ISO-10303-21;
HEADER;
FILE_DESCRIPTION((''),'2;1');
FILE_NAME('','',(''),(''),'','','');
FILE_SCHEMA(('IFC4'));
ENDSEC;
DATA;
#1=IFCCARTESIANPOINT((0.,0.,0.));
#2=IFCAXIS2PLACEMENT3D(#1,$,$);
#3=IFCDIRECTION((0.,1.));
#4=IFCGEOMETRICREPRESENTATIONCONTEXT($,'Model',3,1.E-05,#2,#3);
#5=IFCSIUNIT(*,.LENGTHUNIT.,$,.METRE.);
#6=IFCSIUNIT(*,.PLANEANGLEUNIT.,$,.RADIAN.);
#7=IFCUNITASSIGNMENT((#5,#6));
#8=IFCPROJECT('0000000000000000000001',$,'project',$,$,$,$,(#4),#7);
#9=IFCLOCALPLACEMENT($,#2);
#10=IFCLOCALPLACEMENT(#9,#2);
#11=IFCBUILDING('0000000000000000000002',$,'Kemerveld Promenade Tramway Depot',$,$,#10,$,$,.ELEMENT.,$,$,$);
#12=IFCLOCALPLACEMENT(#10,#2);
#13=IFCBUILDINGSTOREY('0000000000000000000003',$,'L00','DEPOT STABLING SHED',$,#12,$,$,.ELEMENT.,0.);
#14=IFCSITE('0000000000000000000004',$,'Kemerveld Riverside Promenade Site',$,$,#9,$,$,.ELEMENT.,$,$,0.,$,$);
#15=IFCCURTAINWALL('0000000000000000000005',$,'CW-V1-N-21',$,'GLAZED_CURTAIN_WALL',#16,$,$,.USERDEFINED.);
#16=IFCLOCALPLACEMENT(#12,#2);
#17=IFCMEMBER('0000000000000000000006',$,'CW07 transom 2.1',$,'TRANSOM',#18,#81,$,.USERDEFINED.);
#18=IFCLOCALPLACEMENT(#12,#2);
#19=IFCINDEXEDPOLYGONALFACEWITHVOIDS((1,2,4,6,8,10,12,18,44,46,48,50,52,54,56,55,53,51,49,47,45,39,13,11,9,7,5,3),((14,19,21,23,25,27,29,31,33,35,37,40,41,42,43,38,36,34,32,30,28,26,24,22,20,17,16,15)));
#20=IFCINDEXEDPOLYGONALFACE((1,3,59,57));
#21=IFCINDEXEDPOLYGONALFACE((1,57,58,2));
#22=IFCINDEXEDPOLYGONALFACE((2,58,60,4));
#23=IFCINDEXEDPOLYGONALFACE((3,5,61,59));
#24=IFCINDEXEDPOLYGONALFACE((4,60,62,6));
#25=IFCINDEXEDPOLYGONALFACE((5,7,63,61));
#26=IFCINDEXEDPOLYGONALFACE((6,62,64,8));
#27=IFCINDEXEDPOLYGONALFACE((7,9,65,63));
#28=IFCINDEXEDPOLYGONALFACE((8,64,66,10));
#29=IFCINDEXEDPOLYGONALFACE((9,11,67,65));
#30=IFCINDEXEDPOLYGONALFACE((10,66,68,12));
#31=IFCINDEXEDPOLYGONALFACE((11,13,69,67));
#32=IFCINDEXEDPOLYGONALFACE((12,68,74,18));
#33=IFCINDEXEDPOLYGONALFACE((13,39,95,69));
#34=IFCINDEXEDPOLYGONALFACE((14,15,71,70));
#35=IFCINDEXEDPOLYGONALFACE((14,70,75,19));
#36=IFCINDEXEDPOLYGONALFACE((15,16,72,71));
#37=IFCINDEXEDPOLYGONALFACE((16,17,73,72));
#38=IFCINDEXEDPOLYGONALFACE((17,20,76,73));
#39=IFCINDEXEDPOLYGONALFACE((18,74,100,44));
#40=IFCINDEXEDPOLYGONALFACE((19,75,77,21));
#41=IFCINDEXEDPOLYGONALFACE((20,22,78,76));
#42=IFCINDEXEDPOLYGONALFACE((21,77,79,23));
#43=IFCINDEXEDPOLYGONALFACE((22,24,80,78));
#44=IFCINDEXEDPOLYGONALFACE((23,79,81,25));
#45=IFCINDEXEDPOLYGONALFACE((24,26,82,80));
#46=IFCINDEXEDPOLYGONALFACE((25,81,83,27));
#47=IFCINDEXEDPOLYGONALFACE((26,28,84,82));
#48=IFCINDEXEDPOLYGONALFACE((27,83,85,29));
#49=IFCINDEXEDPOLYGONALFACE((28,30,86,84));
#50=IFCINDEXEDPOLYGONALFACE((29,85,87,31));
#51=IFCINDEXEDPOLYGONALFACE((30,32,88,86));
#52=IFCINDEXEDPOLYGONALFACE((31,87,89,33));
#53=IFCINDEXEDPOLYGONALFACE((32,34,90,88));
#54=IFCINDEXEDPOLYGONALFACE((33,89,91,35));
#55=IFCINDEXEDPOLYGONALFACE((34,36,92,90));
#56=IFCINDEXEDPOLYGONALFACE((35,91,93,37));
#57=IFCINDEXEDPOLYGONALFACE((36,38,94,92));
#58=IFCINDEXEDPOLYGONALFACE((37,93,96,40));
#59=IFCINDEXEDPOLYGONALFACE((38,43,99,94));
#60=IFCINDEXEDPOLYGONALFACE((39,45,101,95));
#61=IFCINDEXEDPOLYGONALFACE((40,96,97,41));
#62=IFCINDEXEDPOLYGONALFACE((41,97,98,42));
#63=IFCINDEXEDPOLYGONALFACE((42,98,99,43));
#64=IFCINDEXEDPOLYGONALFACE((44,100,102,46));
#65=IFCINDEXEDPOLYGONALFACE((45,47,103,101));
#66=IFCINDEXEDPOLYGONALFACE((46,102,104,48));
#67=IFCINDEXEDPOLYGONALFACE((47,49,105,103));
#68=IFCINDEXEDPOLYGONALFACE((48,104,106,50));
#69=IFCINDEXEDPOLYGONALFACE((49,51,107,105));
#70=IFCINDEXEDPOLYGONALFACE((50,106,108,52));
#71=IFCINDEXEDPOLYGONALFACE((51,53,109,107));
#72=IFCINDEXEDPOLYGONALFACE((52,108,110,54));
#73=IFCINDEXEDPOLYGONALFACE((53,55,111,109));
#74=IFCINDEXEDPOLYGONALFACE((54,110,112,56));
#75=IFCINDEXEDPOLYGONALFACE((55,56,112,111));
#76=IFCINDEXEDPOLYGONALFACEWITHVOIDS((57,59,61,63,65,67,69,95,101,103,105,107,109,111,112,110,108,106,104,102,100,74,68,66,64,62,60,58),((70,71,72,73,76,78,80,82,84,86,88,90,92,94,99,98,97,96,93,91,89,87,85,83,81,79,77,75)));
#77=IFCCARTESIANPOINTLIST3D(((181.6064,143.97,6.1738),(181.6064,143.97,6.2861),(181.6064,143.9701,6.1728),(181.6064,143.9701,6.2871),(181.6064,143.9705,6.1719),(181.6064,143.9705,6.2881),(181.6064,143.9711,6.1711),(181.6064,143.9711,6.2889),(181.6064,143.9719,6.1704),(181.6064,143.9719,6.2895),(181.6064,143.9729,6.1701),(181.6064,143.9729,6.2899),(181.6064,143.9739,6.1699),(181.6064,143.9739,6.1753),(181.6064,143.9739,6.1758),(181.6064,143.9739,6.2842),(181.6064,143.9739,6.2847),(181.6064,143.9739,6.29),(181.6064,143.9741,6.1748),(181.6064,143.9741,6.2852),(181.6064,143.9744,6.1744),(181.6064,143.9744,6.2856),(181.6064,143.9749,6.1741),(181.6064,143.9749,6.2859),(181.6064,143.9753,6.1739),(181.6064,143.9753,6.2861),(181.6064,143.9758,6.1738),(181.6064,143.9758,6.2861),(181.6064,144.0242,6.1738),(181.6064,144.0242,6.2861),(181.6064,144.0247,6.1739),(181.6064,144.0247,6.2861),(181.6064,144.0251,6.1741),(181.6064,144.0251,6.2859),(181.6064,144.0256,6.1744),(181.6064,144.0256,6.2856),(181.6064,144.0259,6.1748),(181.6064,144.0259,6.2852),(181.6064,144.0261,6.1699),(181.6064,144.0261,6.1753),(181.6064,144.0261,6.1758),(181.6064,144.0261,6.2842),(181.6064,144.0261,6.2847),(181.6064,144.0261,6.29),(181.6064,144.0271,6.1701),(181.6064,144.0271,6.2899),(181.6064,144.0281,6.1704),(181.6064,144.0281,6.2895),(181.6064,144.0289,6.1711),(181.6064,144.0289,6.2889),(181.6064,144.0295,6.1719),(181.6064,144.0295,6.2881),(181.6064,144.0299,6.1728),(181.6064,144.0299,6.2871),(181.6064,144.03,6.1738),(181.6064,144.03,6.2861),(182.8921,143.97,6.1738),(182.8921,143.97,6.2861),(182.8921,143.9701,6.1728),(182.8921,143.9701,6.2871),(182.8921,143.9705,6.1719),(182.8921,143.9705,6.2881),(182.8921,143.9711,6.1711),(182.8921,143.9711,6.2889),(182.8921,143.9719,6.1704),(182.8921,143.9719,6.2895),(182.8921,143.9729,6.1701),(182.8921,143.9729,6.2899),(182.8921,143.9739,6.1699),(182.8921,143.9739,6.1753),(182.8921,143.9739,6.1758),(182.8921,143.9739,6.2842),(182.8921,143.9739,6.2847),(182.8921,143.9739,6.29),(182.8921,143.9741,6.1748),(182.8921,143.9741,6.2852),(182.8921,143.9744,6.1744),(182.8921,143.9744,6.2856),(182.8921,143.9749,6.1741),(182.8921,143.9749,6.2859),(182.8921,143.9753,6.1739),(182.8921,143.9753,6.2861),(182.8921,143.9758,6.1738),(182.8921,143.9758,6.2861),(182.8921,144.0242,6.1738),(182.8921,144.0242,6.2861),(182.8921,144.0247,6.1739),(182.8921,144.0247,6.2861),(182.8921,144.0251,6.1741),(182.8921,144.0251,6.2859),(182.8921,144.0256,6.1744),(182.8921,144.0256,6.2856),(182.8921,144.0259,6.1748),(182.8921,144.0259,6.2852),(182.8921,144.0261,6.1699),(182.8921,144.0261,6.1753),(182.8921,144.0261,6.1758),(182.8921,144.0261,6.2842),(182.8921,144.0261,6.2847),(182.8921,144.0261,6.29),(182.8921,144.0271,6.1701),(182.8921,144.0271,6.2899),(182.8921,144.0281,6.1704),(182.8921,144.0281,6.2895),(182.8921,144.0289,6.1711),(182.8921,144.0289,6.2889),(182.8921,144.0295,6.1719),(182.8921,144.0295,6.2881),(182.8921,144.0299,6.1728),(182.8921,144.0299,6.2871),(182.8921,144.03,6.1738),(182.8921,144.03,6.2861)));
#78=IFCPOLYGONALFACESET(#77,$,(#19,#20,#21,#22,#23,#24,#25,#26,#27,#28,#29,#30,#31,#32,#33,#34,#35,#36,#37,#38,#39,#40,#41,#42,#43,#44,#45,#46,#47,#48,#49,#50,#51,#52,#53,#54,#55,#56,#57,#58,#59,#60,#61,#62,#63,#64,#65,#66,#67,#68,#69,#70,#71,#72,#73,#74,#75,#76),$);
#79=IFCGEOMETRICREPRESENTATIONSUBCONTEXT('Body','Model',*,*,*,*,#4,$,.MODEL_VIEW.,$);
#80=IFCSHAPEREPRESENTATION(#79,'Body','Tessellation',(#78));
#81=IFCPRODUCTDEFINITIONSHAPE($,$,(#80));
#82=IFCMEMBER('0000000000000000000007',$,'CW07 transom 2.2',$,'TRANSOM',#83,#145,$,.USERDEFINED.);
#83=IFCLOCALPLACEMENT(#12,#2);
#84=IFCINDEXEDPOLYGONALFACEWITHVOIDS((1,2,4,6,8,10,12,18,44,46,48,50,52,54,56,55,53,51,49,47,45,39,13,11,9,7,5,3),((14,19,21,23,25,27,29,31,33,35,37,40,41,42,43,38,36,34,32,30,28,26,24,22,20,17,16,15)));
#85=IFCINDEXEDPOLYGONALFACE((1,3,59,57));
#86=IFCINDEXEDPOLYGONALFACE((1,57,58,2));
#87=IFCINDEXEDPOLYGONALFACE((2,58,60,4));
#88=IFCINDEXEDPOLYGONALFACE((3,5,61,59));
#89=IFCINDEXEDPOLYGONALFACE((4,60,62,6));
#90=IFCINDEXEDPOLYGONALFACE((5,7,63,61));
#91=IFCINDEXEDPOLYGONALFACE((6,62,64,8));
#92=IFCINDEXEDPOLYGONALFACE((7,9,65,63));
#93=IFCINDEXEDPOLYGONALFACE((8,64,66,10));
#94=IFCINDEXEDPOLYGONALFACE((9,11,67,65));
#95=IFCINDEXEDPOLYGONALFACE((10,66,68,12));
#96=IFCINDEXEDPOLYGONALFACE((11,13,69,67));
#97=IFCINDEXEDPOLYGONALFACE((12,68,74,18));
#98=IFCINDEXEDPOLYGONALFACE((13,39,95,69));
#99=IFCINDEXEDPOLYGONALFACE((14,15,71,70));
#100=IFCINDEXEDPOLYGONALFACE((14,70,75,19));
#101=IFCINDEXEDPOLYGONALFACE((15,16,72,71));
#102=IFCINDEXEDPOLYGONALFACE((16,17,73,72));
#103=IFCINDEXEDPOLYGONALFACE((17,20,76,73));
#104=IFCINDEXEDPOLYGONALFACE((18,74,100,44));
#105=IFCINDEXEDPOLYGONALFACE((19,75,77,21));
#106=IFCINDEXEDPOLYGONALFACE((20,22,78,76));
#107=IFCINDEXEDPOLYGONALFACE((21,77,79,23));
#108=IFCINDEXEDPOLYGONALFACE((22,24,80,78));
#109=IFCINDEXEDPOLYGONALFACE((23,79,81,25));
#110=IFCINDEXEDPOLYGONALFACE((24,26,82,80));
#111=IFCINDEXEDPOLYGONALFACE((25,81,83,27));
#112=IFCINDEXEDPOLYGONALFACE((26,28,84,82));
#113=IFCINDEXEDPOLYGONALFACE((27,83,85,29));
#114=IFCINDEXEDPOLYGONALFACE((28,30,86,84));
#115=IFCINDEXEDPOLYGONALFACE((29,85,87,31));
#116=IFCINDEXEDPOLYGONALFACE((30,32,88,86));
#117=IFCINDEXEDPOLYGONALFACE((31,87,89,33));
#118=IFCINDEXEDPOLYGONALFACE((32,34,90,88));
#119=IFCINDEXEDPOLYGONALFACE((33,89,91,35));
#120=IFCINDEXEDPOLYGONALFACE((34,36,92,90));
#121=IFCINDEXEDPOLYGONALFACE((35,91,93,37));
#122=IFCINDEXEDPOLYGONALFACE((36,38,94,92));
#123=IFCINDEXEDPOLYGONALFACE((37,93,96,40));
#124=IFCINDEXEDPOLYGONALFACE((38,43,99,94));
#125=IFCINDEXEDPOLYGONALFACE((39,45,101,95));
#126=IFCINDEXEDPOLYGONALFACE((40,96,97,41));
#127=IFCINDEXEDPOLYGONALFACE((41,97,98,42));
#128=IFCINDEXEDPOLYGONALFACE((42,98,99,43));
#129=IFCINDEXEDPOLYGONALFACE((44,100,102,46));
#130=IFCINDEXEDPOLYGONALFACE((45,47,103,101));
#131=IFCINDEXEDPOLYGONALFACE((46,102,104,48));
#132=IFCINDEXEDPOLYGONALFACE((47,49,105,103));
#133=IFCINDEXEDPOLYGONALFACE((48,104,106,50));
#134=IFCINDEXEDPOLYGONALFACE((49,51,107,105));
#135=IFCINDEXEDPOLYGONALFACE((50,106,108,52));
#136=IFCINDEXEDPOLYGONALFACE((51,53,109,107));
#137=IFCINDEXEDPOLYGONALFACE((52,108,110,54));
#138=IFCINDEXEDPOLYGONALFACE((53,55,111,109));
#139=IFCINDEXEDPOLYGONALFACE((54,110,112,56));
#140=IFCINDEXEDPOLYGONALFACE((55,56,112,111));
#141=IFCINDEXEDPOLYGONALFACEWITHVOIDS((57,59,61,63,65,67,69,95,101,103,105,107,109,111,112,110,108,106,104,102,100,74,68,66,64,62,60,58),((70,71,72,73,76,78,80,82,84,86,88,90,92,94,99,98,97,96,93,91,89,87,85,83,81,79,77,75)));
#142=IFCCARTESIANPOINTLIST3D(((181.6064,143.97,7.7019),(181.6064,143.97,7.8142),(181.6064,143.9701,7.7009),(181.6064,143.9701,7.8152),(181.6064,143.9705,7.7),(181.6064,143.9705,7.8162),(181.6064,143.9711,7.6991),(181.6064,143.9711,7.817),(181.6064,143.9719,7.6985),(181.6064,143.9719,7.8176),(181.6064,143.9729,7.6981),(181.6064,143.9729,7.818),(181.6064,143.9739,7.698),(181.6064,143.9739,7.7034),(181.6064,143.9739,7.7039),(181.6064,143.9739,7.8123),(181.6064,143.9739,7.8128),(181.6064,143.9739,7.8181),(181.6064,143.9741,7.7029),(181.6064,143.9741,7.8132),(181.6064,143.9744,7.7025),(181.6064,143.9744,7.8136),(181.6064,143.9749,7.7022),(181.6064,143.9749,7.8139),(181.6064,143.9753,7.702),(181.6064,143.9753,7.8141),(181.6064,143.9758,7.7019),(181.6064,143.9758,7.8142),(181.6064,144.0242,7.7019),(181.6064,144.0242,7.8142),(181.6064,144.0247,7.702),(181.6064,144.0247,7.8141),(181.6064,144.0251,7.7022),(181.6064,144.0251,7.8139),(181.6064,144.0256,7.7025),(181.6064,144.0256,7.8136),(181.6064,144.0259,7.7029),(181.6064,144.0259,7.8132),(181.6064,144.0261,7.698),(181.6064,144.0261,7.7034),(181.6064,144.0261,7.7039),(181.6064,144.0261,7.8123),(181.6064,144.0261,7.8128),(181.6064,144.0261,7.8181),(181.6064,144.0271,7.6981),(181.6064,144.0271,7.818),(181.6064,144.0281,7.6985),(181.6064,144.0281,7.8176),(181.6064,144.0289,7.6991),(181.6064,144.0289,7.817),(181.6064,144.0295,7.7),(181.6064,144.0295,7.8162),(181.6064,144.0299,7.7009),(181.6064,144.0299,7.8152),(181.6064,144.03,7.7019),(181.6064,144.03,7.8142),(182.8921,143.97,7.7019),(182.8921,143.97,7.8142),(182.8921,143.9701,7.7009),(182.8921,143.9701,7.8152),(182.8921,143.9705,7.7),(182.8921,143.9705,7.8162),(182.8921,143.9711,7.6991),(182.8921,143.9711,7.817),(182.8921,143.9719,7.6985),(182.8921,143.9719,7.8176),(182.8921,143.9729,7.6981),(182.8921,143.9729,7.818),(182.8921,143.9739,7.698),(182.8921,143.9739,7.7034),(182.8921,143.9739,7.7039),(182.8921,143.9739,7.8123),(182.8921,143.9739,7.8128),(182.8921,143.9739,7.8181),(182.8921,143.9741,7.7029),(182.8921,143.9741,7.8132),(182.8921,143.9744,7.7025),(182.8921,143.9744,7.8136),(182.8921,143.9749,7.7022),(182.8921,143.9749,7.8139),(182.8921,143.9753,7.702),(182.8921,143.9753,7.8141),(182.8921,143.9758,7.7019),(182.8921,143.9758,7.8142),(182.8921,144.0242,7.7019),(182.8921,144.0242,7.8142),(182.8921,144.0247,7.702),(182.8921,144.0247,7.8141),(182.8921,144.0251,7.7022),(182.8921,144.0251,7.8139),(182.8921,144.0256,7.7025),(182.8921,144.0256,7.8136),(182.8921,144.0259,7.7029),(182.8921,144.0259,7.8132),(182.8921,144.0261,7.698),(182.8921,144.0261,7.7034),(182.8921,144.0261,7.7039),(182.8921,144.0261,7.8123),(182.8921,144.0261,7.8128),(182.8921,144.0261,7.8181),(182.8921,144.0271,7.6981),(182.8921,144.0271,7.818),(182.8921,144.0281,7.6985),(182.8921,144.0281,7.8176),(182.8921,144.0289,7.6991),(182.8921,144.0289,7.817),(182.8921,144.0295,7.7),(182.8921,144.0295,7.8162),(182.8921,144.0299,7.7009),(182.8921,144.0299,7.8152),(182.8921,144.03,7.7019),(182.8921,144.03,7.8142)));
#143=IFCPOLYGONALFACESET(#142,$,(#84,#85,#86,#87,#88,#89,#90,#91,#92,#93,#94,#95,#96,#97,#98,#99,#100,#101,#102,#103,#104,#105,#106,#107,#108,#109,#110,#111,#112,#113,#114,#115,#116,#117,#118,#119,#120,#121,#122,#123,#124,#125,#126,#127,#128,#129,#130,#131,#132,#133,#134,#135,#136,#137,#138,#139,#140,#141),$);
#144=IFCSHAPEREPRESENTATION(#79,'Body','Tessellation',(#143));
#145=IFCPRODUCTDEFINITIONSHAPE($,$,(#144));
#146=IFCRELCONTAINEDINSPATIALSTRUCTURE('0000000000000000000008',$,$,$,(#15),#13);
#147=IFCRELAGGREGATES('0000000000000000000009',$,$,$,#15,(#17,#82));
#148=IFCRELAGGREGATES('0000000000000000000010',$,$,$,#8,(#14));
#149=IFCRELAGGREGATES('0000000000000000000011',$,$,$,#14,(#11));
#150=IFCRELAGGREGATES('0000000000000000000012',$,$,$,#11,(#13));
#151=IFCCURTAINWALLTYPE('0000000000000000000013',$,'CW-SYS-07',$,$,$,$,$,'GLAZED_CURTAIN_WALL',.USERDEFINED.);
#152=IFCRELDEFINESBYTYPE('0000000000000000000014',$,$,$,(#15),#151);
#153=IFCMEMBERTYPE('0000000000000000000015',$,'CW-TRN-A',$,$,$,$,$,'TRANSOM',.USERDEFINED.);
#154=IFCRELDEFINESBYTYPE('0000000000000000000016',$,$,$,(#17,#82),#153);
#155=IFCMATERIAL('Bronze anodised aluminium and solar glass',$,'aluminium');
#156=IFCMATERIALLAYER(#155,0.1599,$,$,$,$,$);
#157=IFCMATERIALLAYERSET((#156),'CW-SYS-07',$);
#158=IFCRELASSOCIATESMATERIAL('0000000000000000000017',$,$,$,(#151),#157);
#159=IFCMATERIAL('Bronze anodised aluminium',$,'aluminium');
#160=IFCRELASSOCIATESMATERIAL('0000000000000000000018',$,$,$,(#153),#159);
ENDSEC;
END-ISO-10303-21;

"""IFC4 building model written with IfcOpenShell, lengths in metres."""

from ifc_helpers import new_model, si_unit, direction, frame, origin, origin_2d, place, context, subcontext, project, spatial, hollow_rectangle, extrude, material, layer, layer_set, material_profile, profile_set, type_object, element, aggregate, save


model = new_model("IFC4")

# Units and contexts
model_context = context("Model", 3, precision=1e-05, world=origin(), true_north=direction((0.0, 1.0)))
body_context = subcontext(model_context, "Body", "Model", "MODEL_VIEW")
ifc_project = project(units=[si_unit("LENGTHUNIT", "METRE"), si_unit("PLANEANGLEUNIT", "RADIAN")], contexts=[model_context])

# Site, building, storey
site_placement = place(None, origin())
site = spatial("IfcSite", under=ifc_project, at=site_placement, Name="Kemerveld Riverside Promenade Site", CompositionType="ELEMENT", RefElevation=0.0)
building_placement = place(site_placement, origin())
building = spatial("IfcBuilding", under=site, at=building_placement, Name="Kemerveld Promenade Tramway Depot", CompositionType="ELEMENT")
storey_placement = place(building_placement, origin())
storey = spatial("IfcBuildingStorey", under=building, at=storey_placement, Name="L00", Description="DEPOT STABLING SHED", CompositionType="ELEMENT", Elevation=0.0)

# Curtain wall
ifc_material_1 = material(Name="Bronze anodised aluminium and solar glass", Category="aluminium")
ifc_layer_1 = layer(ifc_material_1, 0.1599)
ifc_layer_set_1 = layer_set([ifc_layer_1], Name="CW-SYS-07")
curtain_wall_type_1 = type_object("IfcCurtainWallType", Name="CW-SYS-07", ElementType="GLAZED_CURTAIN_WALL", PredefinedType="USERDEFINED", material=ifc_layer_set_1)
curtain_wall_1_placement = place(storey_placement, origin())
curtain_wall_1 = element("IfcCurtainWall", 1, at=curtain_wall_1_placement, inside=storey, type_object=curtain_wall_type_1, Name="CW-V1-N-21", ObjectType="GLAZED_CURTAIN_WALL", PredefinedType="USERDEFINED")
ifc_material_2 = material(Name="Bronze anodised aluminium", Category="aluminium")

# Members
ifc_material_profile_1 = material_profile(ifc_material_2, hollow_rectangle(XDim=0.0601, YDim=0.1201, WallThickness=0.0039, InnerFilletRadius=0.002, OuterFilletRadius=0.0039, at=origin_2d()), Name="CW-TRN-120x60")
ifc_profile_set_1 = profile_set([ifc_material_profile_1], Name="Bronze anodised aluminium")
member_type_1 = type_object("IfcMemberType", Name="CW-TRN-A", ElementType="TRANSOM", PredefinedType="USERDEFINED", material=ifc_profile_set_1)
member_1_placement = place(storey_placement, frame((181.6064, 144.0, 6.23), z_axis=(1.0, 0.0, 0.0), x_axis=(0.0, 1.0, 0.0)))
member_1 = element("IfcMember", 2, at=member_1_placement, type_object=member_type_1, Name="CW07 transom 2.1", ObjectType="TRANSOM", PredefinedType="USERDEFINED", context=body_context, shape_type="SweptSolid", body=[
    extrude(hollow_rectangle(XDim=0.0601, YDim=0.1201, WallThickness=0.0039, InnerFilletRadius=0.002, OuterFilletRadius=0.0039, at=origin_2d()), origin(), (0.0, 0.0, 1.0), 1.2856),
])
member_2_placement = place(storey_placement, frame((181.6064, 144.0, 7.7581), z_axis=(1.0, 0.0, 0.0), x_axis=(0.0, 1.0, 0.0)))
member_2 = element("IfcMember", 3, at=member_2_placement, type_object=member_type_1, Name="CW07 transom 2.2", ObjectType="TRANSOM", PredefinedType="USERDEFINED", context=body_context, shape_type="SweptSolid", body=[
    extrude(hollow_rectangle(XDim=0.0601, YDim=0.1201, WallThickness=0.0039, InnerFilletRadius=0.002, OuterFilletRadius=0.0039, at=origin_2d()), origin(), (0.0, 0.0, 1.0), 1.2856),
])

aggregate(curtain_wall_1, [member_1, member_2])

save(model, "model.ifc")
